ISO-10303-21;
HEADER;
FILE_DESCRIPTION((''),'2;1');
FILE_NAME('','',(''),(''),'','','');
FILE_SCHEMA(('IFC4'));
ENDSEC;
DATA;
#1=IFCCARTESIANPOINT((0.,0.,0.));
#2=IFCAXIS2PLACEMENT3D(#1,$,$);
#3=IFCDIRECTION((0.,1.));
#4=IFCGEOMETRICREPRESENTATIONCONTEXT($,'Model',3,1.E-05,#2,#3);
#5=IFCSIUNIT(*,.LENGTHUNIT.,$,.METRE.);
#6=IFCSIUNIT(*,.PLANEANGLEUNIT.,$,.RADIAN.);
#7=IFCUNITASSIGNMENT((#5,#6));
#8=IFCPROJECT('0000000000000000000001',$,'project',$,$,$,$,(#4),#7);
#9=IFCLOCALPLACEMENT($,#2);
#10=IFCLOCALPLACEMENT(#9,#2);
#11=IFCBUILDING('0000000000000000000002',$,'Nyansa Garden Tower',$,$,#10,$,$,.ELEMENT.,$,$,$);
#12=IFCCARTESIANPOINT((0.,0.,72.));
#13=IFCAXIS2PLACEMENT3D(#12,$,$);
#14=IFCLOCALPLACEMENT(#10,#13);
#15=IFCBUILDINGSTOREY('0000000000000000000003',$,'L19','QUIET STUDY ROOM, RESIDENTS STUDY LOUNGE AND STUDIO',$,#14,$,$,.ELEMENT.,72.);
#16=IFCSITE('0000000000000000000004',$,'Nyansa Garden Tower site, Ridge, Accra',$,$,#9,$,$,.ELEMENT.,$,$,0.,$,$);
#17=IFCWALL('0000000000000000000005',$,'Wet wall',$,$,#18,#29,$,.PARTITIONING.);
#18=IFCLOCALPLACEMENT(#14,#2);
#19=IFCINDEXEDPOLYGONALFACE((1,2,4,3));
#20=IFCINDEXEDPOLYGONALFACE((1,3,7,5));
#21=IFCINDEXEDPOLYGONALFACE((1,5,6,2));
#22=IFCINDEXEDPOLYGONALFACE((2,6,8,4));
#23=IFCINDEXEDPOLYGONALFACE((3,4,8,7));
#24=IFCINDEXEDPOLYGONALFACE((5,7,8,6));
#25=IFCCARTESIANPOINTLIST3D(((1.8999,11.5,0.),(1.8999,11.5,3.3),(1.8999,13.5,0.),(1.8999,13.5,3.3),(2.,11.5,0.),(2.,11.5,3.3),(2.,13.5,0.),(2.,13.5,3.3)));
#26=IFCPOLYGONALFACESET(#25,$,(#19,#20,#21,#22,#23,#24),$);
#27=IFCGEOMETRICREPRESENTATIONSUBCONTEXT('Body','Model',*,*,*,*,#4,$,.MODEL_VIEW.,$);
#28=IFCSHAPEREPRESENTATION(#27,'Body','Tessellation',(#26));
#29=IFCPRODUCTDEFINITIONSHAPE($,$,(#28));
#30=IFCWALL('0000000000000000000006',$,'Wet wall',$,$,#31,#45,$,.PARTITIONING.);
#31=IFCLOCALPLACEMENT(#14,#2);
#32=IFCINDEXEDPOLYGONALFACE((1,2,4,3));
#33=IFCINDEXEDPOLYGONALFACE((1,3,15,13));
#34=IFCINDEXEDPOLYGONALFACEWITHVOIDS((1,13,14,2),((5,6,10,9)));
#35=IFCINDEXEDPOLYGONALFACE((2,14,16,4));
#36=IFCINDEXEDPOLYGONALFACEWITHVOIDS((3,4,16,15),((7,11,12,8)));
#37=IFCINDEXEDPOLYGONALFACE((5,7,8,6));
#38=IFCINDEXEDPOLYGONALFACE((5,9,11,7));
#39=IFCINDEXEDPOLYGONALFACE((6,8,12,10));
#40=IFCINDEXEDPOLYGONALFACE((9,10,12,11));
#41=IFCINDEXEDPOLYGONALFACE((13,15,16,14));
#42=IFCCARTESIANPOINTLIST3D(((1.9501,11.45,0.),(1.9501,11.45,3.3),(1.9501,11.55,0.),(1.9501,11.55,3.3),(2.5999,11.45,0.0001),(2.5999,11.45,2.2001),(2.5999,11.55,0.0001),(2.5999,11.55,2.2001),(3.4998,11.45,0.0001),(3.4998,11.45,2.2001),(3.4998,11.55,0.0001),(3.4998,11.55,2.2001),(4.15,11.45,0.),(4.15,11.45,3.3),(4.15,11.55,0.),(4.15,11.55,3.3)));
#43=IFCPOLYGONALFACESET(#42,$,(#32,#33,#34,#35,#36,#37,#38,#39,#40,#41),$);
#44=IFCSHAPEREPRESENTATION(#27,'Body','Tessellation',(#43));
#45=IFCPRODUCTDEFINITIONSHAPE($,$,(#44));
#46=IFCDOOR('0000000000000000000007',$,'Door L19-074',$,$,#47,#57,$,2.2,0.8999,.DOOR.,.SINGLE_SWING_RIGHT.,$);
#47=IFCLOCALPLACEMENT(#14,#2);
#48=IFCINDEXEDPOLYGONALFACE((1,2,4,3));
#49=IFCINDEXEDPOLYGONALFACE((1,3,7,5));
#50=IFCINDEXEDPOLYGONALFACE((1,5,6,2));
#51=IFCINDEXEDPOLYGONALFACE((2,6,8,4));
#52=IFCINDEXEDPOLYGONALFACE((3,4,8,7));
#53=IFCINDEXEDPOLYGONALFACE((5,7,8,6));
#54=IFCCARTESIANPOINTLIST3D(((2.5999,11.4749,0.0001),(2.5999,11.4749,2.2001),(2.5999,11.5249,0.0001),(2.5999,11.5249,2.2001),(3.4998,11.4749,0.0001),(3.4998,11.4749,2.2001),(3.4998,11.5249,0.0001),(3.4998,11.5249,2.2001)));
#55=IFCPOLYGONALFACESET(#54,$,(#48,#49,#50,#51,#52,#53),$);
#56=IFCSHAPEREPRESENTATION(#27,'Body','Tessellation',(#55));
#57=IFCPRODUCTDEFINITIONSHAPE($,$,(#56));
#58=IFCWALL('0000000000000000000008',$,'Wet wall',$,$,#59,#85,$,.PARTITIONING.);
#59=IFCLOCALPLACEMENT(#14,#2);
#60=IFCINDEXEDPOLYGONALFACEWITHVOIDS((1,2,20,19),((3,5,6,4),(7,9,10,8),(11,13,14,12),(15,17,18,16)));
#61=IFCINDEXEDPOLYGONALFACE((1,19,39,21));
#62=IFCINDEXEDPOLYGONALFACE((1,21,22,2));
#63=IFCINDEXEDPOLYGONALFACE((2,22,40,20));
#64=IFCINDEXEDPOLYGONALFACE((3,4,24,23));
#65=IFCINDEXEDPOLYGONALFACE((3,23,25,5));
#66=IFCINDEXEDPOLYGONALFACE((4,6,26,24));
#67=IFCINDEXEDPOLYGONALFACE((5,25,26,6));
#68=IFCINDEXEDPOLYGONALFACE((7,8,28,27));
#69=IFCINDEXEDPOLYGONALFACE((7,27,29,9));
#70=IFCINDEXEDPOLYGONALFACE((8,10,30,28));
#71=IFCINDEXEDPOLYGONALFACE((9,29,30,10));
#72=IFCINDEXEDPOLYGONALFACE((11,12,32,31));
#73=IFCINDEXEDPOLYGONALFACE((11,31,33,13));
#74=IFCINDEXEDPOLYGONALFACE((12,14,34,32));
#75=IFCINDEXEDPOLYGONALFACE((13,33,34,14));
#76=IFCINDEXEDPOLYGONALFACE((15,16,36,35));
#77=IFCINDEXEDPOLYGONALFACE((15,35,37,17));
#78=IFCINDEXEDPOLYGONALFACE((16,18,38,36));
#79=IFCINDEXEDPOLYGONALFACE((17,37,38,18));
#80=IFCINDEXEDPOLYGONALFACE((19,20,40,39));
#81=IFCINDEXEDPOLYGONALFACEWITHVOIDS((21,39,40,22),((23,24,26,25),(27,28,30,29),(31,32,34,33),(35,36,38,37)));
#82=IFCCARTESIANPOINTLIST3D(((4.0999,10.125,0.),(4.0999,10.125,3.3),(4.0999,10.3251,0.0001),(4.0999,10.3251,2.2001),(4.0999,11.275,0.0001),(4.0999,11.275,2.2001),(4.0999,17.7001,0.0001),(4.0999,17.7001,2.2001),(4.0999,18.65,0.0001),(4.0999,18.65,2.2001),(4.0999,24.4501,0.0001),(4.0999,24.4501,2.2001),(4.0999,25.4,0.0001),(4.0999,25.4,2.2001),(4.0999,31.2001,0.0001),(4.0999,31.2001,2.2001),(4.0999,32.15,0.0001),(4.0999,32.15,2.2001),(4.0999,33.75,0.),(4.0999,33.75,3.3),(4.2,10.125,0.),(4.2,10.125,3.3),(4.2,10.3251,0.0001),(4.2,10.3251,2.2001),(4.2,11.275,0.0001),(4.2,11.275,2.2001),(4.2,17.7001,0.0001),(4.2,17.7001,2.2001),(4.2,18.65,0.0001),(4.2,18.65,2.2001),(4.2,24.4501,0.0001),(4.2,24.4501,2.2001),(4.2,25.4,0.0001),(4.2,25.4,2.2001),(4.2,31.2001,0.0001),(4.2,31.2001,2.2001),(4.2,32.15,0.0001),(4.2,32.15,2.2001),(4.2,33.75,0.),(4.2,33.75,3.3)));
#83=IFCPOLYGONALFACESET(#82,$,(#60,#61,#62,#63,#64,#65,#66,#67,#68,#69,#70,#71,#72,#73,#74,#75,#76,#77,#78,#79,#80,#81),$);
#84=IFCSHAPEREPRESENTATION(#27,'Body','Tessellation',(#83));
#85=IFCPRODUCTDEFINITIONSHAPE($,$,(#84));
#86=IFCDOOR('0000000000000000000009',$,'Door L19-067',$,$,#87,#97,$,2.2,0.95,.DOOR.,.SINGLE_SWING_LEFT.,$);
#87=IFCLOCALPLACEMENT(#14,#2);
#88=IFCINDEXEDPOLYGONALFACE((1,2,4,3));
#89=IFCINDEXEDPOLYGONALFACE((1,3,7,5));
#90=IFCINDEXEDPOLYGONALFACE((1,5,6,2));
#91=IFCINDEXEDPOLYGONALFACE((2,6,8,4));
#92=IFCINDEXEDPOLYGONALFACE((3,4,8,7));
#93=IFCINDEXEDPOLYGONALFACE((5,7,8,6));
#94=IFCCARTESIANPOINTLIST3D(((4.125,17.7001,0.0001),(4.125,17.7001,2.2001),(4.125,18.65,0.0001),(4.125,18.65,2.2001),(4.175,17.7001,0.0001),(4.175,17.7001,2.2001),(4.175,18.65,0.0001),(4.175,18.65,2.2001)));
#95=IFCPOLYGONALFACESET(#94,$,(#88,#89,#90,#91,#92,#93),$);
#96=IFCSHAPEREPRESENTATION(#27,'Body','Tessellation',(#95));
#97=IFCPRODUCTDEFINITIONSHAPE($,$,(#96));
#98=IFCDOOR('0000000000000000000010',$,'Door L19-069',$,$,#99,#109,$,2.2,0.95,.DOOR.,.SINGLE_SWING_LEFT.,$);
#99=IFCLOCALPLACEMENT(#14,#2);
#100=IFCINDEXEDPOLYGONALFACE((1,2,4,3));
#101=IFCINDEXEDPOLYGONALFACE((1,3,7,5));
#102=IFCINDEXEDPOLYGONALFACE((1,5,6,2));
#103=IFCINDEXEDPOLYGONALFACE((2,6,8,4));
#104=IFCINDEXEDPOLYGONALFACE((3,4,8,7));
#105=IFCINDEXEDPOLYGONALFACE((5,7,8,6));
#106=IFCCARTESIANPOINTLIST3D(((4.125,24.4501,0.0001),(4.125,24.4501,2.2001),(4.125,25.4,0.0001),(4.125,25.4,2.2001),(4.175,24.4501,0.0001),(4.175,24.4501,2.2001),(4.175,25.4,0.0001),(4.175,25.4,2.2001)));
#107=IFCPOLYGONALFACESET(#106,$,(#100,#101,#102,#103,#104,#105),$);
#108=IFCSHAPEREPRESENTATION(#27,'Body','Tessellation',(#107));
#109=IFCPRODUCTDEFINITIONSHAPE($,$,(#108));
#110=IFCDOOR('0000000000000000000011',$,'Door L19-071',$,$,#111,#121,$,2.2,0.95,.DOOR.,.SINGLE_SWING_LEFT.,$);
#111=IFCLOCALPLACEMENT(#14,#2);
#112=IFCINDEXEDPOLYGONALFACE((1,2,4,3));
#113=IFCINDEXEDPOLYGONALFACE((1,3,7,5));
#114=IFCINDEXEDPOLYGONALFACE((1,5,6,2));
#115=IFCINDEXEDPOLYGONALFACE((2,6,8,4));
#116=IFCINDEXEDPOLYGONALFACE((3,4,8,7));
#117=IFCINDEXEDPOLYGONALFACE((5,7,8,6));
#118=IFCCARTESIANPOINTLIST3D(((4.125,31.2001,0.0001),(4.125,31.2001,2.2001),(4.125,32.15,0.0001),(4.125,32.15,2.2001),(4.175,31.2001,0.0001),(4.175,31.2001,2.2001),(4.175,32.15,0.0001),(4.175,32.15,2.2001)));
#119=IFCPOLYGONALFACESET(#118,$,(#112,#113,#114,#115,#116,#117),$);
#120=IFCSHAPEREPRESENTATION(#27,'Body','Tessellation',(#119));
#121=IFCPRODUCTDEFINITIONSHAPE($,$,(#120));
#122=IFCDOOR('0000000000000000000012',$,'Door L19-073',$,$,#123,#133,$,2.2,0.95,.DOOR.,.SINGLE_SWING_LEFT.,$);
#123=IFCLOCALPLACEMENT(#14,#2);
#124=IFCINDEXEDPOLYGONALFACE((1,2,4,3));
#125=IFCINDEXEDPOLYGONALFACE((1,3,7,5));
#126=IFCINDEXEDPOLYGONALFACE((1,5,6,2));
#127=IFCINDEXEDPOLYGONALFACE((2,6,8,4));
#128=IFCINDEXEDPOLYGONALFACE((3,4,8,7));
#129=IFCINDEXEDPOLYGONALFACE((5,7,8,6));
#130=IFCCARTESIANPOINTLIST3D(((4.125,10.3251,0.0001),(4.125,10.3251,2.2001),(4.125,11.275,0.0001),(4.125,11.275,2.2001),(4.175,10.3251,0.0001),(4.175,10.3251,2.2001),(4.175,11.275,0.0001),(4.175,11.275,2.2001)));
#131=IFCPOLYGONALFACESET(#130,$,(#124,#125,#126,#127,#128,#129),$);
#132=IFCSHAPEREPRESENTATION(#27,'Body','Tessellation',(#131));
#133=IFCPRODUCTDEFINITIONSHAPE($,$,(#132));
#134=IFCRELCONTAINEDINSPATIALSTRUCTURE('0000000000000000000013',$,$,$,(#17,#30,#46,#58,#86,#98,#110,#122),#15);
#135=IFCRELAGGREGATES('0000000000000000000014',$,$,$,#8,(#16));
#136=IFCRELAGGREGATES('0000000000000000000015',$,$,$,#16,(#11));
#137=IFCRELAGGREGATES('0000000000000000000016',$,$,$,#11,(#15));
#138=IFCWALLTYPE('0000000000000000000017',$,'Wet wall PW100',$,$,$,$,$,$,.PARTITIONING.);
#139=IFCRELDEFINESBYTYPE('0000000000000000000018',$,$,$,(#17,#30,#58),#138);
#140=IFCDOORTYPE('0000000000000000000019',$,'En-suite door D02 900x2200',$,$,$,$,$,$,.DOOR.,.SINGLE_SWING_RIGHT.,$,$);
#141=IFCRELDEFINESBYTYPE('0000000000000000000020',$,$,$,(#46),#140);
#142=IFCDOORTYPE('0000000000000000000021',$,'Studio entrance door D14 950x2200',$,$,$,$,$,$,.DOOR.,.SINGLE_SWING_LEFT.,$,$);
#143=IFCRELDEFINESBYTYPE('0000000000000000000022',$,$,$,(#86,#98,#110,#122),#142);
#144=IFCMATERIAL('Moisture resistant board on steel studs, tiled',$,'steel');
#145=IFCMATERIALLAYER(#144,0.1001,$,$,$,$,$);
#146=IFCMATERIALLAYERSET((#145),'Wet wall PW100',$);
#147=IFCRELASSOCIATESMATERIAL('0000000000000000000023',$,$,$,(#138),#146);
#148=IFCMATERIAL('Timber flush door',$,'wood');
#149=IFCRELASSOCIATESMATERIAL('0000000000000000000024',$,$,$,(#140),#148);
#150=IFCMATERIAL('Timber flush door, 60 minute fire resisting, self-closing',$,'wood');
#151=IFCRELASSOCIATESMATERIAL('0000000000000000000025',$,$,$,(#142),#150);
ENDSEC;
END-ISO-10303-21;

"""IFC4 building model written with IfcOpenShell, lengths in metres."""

from ifc_helpers import new_model, si_unit, direction, frame, frame_2d, origin, place, context, subcontext, project, spatial, rectangle, extrude, material, layer, layer_set, type_object, element, fill, save


model = new_model("IFC4")

# Units and contexts
model_context = context("Model", 3, precision=1e-05, world=origin(), true_north=direction((0.0, 1.0)))
body_context = subcontext(model_context, "Body", "Model", "MODEL_VIEW")
ifc_project = project(units=[si_unit("LENGTHUNIT", "METRE"), si_unit("PLANEANGLEUNIT", "RADIAN")], contexts=[model_context])

# Site, building, storey
site_placement = place(None, origin())
site = spatial("IfcSite", under=ifc_project, at=site_placement, Name="Nyansa Garden Tower site, Ridge, Accra", CompositionType="ELEMENT", RefElevation=0.0)
building_placement = place(site_placement, origin())
building = spatial("IfcBuilding", under=site, at=building_placement, Name="Nyansa Garden Tower", CompositionType="ELEMENT")
storey_placement = place(building_placement, frame((0.0, 0.0, 72.0)))
storey = spatial("IfcBuildingStorey", under=building, at=storey_placement, Name="L19", Description="QUIET STUDY ROOM, RESIDENTS STUDY LOUNGE AND STUDIO", CompositionType="ELEMENT", Elevation=72.0)

# Wall
ifc_material_1 = material(Name="Moisture resistant board on steel studs, tiled", Category="steel")
ifc_layer_1 = layer(ifc_material_1, 0.1001)
ifc_layer_set_1 = layer_set([ifc_layer_1], Name="Wet wall PW100")
wall_type_1 = type_object("IfcWallType", Name="Wet wall PW100", PredefinedType="PARTITIONING", material=ifc_layer_set_1)
wall_1_placement = place(storey_placement, frame((1.95, 11.5, 0.0), z_axis=(0.0, 0.0, 1.0), x_axis=(0.0, 1.0, 0.0)))
element("IfcWall", 1, at=wall_1_placement, inside=storey, type_object=wall_type_1, Name="Wet wall", PredefinedType="PARTITIONING", context=body_context, shape_type="SweptSolid", body=[
    extrude(rectangle(XDim=2.0, YDim=0.1001, at=frame_2d((1.0, 0.0))), origin(), (0.0, 0.0, 1.0), 3.3),
])

# Wall, opening, door
wall_2_placement = place(storey_placement, frame((1.95, 11.5, 0.0), z_axis=(0.0, 0.0, 1.0), x_axis=(1.0, 0.0, 0.0)))
wall_2 = element("IfcWall", 2, at=wall_2_placement, inside=storey, type_object=wall_type_1, Name="Wet wall", PredefinedType="PARTITIONING", context=body_context, shape_type="SweptSolid", body=[
    extrude(rectangle(XDim=2.2, YDim=0.1001, at=frame_2d((1.1001, 0.0))), origin(), (0.0, 0.0, 1.0), 3.3),
])
opening_1_placement = place(wall_2_placement, frame((0.6499, 0.0, 0.0)))
opening_1 = element("IfcOpeningElement", 3, at=opening_1_placement, cuts=wall_2, PredefinedType="OPENING", context=body_context, shape_type="SweptSolid", body=[
    extrude(rectangle(XDim=0.8999, YDim=2.2, at=frame_2d((0.45, 1.1001))), frame((0.0, 0.0601, 0.0), z_axis=(0.0, -1.0, 0.0), x_axis=(1.0, 0.0, 0.0)), (0.0, 0.0, 1.0), 0.1201),
])
ifc_material_2 = material(Name="Timber flush door", Category="wood")
door_type_1 = type_object("IfcDoorType", Name="En-suite door D02 900x2200", OperationType="SINGLE_SWING_RIGHT", PredefinedType="DOOR", material=ifc_material_2)
door_1_placement = place(opening_1_placement, origin())
door_1 = element("IfcDoor", 4, at=door_1_placement, inside=storey, type_object=door_type_1, Name="Door L19-074", OperationType="SINGLE_SWING_RIGHT", OverallHeight=2.2, OverallWidth=0.8999, PredefinedType="DOOR", context=body_context, shape_type="SweptSolid", body=[
    extrude(rectangle(XDim=0.8999, YDim=2.2, at=frame_2d((0.45, 1.1001))), frame((0.0, 0.0249, 0.0), z_axis=(0.0, -1.0, 0.0), x_axis=(1.0, 0.0, 0.0)), (0.0, 0.0, 1.0), 0.05),
])
fill(opening_1, door_1)

# Wall, openings, doors
wall_3_placement = place(storey_placement, frame((4.1499, 10.125, 0.0), z_axis=(0.0, 0.0, 1.0), x_axis=(0.0, 1.0, 0.0)))
wall_3 = element("IfcWall", 5, at=wall_3_placement, inside=storey, type_object=wall_type_1, Name="Wet wall", PredefinedType="PARTITIONING", context=body_context, shape_type="SweptSolid", body=[
    extrude(rectangle(XDim=23.625, YDim=0.1001, at=frame_2d((11.8125, 0.0))), origin(), (0.0, 0.0, 1.0), 3.3),
])
opening_2_placement = place(wall_3_placement, frame((7.575, 0.0, 0.0)))
opening_2 = element("IfcOpeningElement", 6, at=opening_2_placement, cuts=wall_3, PredefinedType="OPENING", context=body_context, shape_type="SweptSolid", body=[
    extrude(rectangle(XDim=0.95, YDim=2.2, at=frame_2d((0.4751, 1.1001))), frame((0.0, 0.0601, 0.0), z_axis=(0.0, -1.0, 0.0), x_axis=(1.0, 0.0, 0.0)), (0.0, 0.0, 1.0), 0.1201),
])
opening_3_placement = place(wall_3_placement, frame((14.325, 0.0, 0.0)))
opening_3 = element("IfcOpeningElement", 7, at=opening_3_placement, cuts=wall_3, PredefinedType="OPENING", context=body_context, shape_type="SweptSolid", body=[
    extrude(rectangle(XDim=0.95, YDim=2.2, at=frame_2d((0.4751, 1.1001))), frame((0.0, 0.0601, 0.0), z_axis=(0.0, -1.0, 0.0), x_axis=(1.0, 0.0, 0.0)), (0.0, 0.0, 1.0), 0.1201),
])
opening_4_placement = place(wall_3_placement, frame((21.075, 0.0, 0.0)))
opening_4 = element("IfcOpeningElement", 8, at=opening_4_placement, cuts=wall_3, PredefinedType="OPENING", context=body_context, shape_type="SweptSolid", body=[
    extrude(rectangle(XDim=0.95, YDim=2.2, at=frame_2d((0.4751, 1.1001))), frame((0.0, 0.0601, 0.0), z_axis=(0.0, -1.0, 0.0), x_axis=(1.0, 0.0, 0.0)), (0.0, 0.0, 1.0), 0.1201),
])
opening_5_placement = place(wall_3_placement, frame((0.2, 0.0, 0.0)))
opening_5 = element("IfcOpeningElement", 9, at=opening_5_placement, cuts=wall_3, PredefinedType="OPENING", context=body_context, shape_type="SweptSolid", body=[
    extrude(rectangle(XDim=0.95, YDim=2.2, at=frame_2d((0.4751, 1.1001))), frame((0.0, 0.0601, 0.0), z_axis=(0.0, -1.0, 0.0), x_axis=(1.0, 0.0, 0.0)), (0.0, 0.0, 1.0), 0.1201),
])
ifc_material_3 = material(Name="Timber flush door, 60 minute fire resisting, self-closing", Category="wood")
door_type_2 = type_object("IfcDoorType", Name="Studio entrance door D14 950x2200", OperationType="SINGLE_SWING_LEFT", PredefinedType="DOOR", material=ifc_material_3)
door_2_placement = place(opening_2_placement, origin())
door_2 = element("IfcDoor", 10, at=door_2_placement, inside=storey, type_object=door_type_2, Name="Door L19-067", OperationType="SINGLE_SWING_LEFT", OverallHeight=2.2, OverallWidth=0.95, PredefinedType="DOOR", context=body_context, shape_type="SweptSolid", body=[
    extrude(rectangle(XDim=0.95, YDim=2.2, at=frame_2d((0.4751, 1.1001))), frame((0.0, 0.0249, 0.0), z_axis=(0.0, -1.0, 0.0), x_axis=(1.0, 0.0, 0.0)), (0.0, 0.0, 1.0), 0.05),
])
fill(opening_2, door_2)
door_3_placement = place(opening_3_placement, origin())
door_3 = element("IfcDoor", 11, at=door_3_placement, inside=storey, type_object=door_type_2, Name="Door L19-069", OperationType="SINGLE_SWING_LEFT", OverallHeight=2.2, OverallWidth=0.95, PredefinedType="DOOR", context=body_context, shape_type="SweptSolid", body=[
    extrude(rectangle(XDim=0.95, YDim=2.2, at=frame_2d((0.4751, 1.1001))), frame((0.0, 0.0249, 0.0), z_axis=(0.0, -1.0, 0.0), x_axis=(1.0, 0.0, 0.0)), (0.0, 0.0, 1.0), 0.05),
])
fill(opening_3, door_3)
door_4_placement = place(opening_4_placement, origin())
door_4 = element("IfcDoor", 12, at=door_4_placement, inside=storey, type_object=door_type_2, Name="Door L19-071", OperationType="SINGLE_SWING_LEFT", OverallHeight=2.2, OverallWidth=0.95, PredefinedType="DOOR", context=body_context, shape_type="SweptSolid", body=[
    extrude(rectangle(XDim=0.95, YDim=2.2, at=frame_2d((0.4751, 1.1001))), frame((0.0, 0.0249, 0.0), z_axis=(0.0, -1.0, 0.0), x_axis=(1.0, 0.0, 0.0)), (0.0, 0.0, 1.0), 0.05),
])
fill(opening_4, door_4)
door_5_placement = place(opening_5_placement, origin())
door_5 = element("IfcDoor", 13, at=door_5_placement, inside=storey, type_object=door_type_2, Name="Door L19-073", OperationType="SINGLE_SWING_LEFT", OverallHeight=2.2, OverallWidth=0.95, PredefinedType="DOOR", context=body_context, shape_type="SweptSolid", body=[
    extrude(rectangle(XDim=0.95, YDim=2.2, at=frame_2d((0.4751, 1.1001))), frame((0.0, 0.0249, 0.0), z_axis=(0.0, -1.0, 0.0), x_axis=(1.0, 0.0, 0.0)), (0.0, 0.0, 1.0), 0.05),
])
fill(opening_5, door_5)

save(model, "model.ifc")
